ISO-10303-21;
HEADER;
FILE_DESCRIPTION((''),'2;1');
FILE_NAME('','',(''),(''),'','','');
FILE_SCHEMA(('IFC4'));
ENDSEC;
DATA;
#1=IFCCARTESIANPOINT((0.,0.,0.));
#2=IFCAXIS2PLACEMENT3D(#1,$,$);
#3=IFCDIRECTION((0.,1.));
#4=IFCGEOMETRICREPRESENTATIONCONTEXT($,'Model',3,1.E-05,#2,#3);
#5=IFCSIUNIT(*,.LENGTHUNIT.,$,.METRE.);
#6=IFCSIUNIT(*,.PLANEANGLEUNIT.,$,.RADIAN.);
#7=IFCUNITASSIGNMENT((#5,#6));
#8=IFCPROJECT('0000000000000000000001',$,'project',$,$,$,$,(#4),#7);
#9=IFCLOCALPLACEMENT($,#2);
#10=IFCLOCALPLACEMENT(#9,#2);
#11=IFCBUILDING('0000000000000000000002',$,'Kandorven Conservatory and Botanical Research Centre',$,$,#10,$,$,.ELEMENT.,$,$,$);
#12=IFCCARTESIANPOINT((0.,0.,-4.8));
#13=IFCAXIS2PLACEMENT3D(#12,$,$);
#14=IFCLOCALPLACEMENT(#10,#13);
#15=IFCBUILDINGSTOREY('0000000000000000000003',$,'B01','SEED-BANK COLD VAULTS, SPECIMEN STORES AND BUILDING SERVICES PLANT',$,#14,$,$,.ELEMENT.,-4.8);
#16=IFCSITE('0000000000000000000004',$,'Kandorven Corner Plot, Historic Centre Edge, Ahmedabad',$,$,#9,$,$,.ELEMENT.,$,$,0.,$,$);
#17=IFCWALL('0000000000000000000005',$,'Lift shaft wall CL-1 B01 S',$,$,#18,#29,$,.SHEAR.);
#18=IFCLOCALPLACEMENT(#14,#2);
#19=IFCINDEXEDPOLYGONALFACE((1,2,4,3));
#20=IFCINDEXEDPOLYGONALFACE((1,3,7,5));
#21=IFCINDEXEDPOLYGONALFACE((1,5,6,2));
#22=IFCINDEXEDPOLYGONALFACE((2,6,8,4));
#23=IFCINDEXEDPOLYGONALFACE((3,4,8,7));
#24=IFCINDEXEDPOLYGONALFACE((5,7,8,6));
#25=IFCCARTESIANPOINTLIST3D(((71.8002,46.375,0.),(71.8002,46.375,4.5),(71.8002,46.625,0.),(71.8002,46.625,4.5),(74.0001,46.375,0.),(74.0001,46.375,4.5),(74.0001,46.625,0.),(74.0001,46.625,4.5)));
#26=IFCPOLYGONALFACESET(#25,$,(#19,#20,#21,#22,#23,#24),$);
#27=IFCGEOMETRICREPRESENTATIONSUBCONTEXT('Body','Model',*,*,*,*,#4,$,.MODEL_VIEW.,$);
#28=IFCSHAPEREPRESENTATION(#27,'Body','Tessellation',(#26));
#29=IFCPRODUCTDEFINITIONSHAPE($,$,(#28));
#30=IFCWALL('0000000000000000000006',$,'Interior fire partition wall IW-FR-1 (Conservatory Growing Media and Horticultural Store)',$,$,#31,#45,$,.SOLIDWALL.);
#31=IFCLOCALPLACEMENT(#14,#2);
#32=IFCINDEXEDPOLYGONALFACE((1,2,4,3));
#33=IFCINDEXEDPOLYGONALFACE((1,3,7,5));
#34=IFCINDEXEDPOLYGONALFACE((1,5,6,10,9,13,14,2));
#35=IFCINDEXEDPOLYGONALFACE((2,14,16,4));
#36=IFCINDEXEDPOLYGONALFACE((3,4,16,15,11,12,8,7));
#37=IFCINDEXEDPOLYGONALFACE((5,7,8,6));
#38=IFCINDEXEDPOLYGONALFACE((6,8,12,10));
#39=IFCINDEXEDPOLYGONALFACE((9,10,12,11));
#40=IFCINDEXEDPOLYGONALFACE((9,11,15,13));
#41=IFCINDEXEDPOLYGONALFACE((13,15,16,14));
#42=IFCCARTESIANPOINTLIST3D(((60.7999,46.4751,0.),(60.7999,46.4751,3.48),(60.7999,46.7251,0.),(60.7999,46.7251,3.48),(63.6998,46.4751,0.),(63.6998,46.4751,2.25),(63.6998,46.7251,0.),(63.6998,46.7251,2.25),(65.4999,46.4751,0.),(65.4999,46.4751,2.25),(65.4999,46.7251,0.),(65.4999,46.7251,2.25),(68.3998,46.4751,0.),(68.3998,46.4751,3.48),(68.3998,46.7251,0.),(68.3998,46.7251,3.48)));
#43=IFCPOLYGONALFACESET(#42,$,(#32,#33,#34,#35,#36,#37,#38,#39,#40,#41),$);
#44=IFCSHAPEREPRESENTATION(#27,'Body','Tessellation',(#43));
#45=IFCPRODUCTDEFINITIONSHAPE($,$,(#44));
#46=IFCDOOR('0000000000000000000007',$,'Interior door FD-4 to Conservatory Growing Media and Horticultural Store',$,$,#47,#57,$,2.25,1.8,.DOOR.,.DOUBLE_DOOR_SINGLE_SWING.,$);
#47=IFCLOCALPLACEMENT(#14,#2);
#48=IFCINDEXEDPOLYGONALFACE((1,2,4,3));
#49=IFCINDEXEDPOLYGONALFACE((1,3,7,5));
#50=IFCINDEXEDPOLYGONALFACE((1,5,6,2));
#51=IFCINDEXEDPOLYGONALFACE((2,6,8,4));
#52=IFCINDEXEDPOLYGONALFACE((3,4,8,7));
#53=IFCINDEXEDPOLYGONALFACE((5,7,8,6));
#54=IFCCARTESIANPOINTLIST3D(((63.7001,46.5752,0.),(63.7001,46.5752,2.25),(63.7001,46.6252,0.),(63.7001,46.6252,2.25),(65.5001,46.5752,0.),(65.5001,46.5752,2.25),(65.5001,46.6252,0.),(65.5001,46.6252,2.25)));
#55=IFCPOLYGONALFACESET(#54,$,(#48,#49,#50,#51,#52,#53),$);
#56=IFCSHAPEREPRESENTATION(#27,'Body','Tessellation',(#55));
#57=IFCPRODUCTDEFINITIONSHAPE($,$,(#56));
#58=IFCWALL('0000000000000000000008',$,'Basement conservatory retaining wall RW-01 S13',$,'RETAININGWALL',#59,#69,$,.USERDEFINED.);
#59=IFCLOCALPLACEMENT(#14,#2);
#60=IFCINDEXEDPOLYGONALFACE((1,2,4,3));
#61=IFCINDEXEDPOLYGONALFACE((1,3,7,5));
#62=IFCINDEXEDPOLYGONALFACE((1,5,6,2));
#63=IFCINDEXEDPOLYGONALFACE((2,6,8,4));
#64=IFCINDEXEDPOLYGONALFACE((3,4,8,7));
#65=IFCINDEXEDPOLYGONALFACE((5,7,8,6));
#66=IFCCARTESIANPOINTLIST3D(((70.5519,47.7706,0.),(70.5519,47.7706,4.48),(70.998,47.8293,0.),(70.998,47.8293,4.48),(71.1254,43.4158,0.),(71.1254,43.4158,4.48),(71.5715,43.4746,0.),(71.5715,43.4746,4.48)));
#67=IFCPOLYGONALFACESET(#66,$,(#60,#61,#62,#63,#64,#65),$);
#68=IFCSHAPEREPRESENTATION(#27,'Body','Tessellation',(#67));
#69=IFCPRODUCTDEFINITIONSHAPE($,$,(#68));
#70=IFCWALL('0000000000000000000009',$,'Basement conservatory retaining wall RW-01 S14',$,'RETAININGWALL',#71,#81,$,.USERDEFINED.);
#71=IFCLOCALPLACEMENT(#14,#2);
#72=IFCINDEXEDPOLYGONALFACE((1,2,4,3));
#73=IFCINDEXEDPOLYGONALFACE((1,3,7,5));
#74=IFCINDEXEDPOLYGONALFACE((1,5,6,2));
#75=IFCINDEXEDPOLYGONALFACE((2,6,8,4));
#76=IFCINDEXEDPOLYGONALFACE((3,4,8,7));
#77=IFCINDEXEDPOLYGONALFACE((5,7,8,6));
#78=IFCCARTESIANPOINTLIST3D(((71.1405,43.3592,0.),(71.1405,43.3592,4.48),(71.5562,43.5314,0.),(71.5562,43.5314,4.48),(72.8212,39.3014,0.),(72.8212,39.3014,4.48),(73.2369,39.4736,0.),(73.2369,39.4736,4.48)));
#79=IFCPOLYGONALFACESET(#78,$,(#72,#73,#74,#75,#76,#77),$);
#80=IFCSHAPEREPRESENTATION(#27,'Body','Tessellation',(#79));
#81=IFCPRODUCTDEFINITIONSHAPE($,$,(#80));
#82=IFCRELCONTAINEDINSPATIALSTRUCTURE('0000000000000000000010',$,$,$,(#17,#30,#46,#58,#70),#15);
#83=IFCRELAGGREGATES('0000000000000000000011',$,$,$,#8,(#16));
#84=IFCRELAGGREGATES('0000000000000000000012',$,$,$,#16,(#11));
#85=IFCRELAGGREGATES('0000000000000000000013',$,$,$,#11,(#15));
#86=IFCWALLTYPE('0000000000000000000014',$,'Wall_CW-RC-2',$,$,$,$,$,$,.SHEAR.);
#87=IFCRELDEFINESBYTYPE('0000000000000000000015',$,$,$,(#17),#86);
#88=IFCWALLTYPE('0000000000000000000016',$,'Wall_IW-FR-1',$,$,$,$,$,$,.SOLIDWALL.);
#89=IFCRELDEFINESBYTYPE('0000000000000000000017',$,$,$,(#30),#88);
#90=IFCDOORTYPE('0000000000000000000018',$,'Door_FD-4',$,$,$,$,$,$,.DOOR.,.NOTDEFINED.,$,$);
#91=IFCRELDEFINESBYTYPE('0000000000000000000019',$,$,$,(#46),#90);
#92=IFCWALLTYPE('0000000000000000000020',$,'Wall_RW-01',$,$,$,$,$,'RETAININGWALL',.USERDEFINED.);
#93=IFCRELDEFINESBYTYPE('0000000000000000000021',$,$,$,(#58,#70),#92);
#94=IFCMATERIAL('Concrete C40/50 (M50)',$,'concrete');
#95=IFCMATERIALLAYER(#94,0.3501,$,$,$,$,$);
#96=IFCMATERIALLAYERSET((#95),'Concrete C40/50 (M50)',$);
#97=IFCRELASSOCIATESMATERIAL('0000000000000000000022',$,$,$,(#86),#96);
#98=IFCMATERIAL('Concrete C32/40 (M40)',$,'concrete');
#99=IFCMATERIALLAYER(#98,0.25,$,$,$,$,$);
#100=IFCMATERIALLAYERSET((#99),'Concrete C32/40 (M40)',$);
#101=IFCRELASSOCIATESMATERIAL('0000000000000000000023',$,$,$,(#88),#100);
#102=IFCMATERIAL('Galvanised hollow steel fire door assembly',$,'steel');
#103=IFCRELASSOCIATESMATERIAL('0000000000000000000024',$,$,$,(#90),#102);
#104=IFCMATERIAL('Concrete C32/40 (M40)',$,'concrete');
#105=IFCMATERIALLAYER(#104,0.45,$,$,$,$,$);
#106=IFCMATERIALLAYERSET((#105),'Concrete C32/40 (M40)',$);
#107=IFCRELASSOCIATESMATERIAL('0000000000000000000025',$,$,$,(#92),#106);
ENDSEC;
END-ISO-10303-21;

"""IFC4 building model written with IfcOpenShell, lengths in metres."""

from ifc_helpers import new_model, si_unit, direction, frame, frame_2d, origin, place, context, subcontext, project, spatial, rectangle, extrude, material, layer, layer_set, type_object, element, fill, save


model = new_model("IFC4")

# Units and contexts
model_context = context("Model", 3, precision=1e-05, world=origin(), true_north=direction((0.0, 1.0)))
body_context = subcontext(model_context, "Body", "Model", "MODEL_VIEW")
ifc_project = project(units=[si_unit("LENGTHUNIT", "METRE"), si_unit("PLANEANGLEUNIT", "RADIAN")], contexts=[model_context])

# Site, building, storey
site_placement = place(None, origin())
site = spatial("IfcSite", under=ifc_project, at=site_placement, Name="Kandorven Corner Plot, Historic Centre Edge, Ahmedabad", CompositionType="ELEMENT", RefElevation=0.0)
building_placement = place(site_placement, origin())
building = spatial("IfcBuilding", under=site, at=building_placement, Name="Kandorven Conservatory and Botanical Research Centre", CompositionType="ELEMENT")
storey_placement = place(building_placement, frame((0.0, 0.0, -4.8)))
storey = spatial("IfcBuildingStorey", under=building, at=storey_placement, Name="B01", Description="SEED-BANK COLD VAULTS, SPECIMEN STORES AND BUILDING SERVICES PLANT", CompositionType="ELEMENT", Elevation=-4.8)

# Wall
ifc_material_1 = material(Name="Concrete C40/50 (M50)", Category="concrete")
ifc_layer_1 = layer(ifc_material_1, 0.3501)
ifc_layer_set_1 = layer_set([ifc_layer_1], Name="Concrete C40/50 (M50)")
wall_type_1 = type_object("IfcWallType", Name="Wall_CW-RC-2", PredefinedType="SHEAR", material=ifc_layer_set_1)
wall_1_placement = place(storey_placement, frame((71.8, 46.5, 0.0), z_axis=(0.0, 0.0, 1.0), x_axis=(1.0, 0.0, 0.0)))
element("IfcWall", 1, at=wall_1_placement, inside=storey, type_object=wall_type_1, Name="Lift shaft wall CL-1 B01 S", PredefinedType="SHEAR", context=body_context, shape_type="SweptSolid", body=[
    extrude(rectangle(XDim=2.2, YDim=0.25, at=frame_2d((1.1001, 0.0))), origin(), (0.0, 0.0, 1.0), 4.5),
])

# Wall, opening, door
ifc_material_2 = material(Name="Concrete C32/40 (M40)", Category="concrete")
ifc_layer_2 = layer(ifc_material_2, 0.25)
ifc_layer_set_2 = layer_set([ifc_layer_2], Name="Concrete C32/40 (M40)")
wall_type_2 = type_object("IfcWallType", Name="Wall_IW-FR-1", PredefinedType="SOLIDWALL", material=ifc_layer_set_2)
wall_2_placement = place(storey_placement, frame((60.8, 46.6001, 0.0), z_axis=(0.0, 0.0, 1.0), x_axis=(1.0, 0.0, 0.0)))
wall_2 = element("IfcWall", 2, at=wall_2_placement, inside=storey, type_object=wall_type_2, Name="Interior fire partition wall IW-FR-1 (Conservatory Growing Media and Horticultural Store)", PredefinedType="SOLIDWALL", context=body_context, shape_type="SweptSolid", body=[
    extrude(rectangle(XDim=7.5999, YDim=0.25, at=frame_2d((3.7998, 0.0))), origin(), (0.0, 0.0, 1.0), 3.48),
])
opening_placement = place(wall_2_placement, frame((2.8999, 0.0, 0.0)))
opening = element("IfcOpeningElement", 3, at=opening_placement, cuts=wall_2, PredefinedType="OPENING", context=body_context, shape_type="SweptSolid", body=[
    extrude(rectangle(XDim=1.8, YDim=2.25, at=frame_2d((0.8999, 1.125))), frame((0.0, 0.135, 0.0), z_axis=(0.0, -1.0, 0.0), x_axis=(1.0, 0.0, 0.0)), (0.0, 0.0, 1.0), 0.27),
])
ifc_material_3 = material(Name="Galvanised hollow steel fire door assembly", Category="steel")
door_type = type_object("IfcDoorType", Name="Door_FD-4", OperationType="NOTDEFINED", PredefinedType="DOOR", material=ifc_material_3)
door_placement = place(opening_placement, frame((1.8, 0.0, 0.0), z_axis=(0.0, 0.0, 1.0), x_axis=(-1.0, 0.0, 0.0)))
door = element("IfcDoor", 4, at=door_placement, inside=storey, type_object=door_type, Name="Interior door FD-4 to Conservatory Growing Media and Horticultural Store", OperationType="DOUBLE_DOOR_SINGLE_SWING", OverallHeight=2.25, OverallWidth=1.8, PredefinedType="DOOR", context=body_context, shape_type="SweptSolid", body=[
    extrude(rectangle(XDim=1.8, YDim=2.25, at=frame_2d((0.8999, 1.125))), frame((0.0, 0.0249, 0.0), z_axis=(0.0, -1.0, 0.0), x_axis=(1.0, 0.0, 0.0)), (0.0, 0.0, 1.0), 0.05),
])
fill(opening, door)

# Walls
ifc_material_4 = material(Name="Concrete C32/40 (M40)", Category="concrete")
ifc_layer_3 = layer(ifc_material_4, 0.45)
ifc_layer_set_3 = layer_set([ifc_layer_3], Name="Concrete C32/40 (M40)")
wall_type_3 = type_object("IfcWallType", Name="Wall_RW-01", ElementType="RETAININGWALL", PredefinedType="USERDEFINED", material=ifc_layer_set_3)
wall_3_placement = place(storey_placement, frame((70.7749, 47.8, 0.0), z_axis=(0.0, 0.0, 1.0), x_axis=(0.130565, -0.99144, 0.0)))
element("IfcWall", 5, at=wall_3_placement, inside=storey, type_object=wall_type_3, Name="Basement conservatory retaining wall RW-01 S13", ObjectType="RETAININGWALL", PredefinedType="USERDEFINED", context=body_context, shape_type="SweptSolid", body=[
    extrude(rectangle(XDim=4.3923, YDim=0.45, at=frame_2d((2.1963, 0.0))), origin(), (0.0, 0.0, 1.0), 4.48),
])
wall_4_placement = place(storey_placement, frame((71.3484, 43.4453, 0.0), z_axis=(0.0, 0.0, 1.0), x_axis=(0.382653, -0.923892, 0.0)))
element("IfcWall", 6, at=wall_4_placement, inside=storey, type_object=wall_type_3, Name="Basement conservatory retaining wall RW-01 S14", ObjectType="RETAININGWALL", PredefinedType="USERDEFINED", context=body_context, shape_type="SweptSolid", body=[
    extrude(rectangle(XDim=4.3921, YDim=0.45, at=frame_2d((2.196, 0.0))), origin(), (0.0, 0.0, 1.0), 4.48),
])

save(model, "model.ifc")
